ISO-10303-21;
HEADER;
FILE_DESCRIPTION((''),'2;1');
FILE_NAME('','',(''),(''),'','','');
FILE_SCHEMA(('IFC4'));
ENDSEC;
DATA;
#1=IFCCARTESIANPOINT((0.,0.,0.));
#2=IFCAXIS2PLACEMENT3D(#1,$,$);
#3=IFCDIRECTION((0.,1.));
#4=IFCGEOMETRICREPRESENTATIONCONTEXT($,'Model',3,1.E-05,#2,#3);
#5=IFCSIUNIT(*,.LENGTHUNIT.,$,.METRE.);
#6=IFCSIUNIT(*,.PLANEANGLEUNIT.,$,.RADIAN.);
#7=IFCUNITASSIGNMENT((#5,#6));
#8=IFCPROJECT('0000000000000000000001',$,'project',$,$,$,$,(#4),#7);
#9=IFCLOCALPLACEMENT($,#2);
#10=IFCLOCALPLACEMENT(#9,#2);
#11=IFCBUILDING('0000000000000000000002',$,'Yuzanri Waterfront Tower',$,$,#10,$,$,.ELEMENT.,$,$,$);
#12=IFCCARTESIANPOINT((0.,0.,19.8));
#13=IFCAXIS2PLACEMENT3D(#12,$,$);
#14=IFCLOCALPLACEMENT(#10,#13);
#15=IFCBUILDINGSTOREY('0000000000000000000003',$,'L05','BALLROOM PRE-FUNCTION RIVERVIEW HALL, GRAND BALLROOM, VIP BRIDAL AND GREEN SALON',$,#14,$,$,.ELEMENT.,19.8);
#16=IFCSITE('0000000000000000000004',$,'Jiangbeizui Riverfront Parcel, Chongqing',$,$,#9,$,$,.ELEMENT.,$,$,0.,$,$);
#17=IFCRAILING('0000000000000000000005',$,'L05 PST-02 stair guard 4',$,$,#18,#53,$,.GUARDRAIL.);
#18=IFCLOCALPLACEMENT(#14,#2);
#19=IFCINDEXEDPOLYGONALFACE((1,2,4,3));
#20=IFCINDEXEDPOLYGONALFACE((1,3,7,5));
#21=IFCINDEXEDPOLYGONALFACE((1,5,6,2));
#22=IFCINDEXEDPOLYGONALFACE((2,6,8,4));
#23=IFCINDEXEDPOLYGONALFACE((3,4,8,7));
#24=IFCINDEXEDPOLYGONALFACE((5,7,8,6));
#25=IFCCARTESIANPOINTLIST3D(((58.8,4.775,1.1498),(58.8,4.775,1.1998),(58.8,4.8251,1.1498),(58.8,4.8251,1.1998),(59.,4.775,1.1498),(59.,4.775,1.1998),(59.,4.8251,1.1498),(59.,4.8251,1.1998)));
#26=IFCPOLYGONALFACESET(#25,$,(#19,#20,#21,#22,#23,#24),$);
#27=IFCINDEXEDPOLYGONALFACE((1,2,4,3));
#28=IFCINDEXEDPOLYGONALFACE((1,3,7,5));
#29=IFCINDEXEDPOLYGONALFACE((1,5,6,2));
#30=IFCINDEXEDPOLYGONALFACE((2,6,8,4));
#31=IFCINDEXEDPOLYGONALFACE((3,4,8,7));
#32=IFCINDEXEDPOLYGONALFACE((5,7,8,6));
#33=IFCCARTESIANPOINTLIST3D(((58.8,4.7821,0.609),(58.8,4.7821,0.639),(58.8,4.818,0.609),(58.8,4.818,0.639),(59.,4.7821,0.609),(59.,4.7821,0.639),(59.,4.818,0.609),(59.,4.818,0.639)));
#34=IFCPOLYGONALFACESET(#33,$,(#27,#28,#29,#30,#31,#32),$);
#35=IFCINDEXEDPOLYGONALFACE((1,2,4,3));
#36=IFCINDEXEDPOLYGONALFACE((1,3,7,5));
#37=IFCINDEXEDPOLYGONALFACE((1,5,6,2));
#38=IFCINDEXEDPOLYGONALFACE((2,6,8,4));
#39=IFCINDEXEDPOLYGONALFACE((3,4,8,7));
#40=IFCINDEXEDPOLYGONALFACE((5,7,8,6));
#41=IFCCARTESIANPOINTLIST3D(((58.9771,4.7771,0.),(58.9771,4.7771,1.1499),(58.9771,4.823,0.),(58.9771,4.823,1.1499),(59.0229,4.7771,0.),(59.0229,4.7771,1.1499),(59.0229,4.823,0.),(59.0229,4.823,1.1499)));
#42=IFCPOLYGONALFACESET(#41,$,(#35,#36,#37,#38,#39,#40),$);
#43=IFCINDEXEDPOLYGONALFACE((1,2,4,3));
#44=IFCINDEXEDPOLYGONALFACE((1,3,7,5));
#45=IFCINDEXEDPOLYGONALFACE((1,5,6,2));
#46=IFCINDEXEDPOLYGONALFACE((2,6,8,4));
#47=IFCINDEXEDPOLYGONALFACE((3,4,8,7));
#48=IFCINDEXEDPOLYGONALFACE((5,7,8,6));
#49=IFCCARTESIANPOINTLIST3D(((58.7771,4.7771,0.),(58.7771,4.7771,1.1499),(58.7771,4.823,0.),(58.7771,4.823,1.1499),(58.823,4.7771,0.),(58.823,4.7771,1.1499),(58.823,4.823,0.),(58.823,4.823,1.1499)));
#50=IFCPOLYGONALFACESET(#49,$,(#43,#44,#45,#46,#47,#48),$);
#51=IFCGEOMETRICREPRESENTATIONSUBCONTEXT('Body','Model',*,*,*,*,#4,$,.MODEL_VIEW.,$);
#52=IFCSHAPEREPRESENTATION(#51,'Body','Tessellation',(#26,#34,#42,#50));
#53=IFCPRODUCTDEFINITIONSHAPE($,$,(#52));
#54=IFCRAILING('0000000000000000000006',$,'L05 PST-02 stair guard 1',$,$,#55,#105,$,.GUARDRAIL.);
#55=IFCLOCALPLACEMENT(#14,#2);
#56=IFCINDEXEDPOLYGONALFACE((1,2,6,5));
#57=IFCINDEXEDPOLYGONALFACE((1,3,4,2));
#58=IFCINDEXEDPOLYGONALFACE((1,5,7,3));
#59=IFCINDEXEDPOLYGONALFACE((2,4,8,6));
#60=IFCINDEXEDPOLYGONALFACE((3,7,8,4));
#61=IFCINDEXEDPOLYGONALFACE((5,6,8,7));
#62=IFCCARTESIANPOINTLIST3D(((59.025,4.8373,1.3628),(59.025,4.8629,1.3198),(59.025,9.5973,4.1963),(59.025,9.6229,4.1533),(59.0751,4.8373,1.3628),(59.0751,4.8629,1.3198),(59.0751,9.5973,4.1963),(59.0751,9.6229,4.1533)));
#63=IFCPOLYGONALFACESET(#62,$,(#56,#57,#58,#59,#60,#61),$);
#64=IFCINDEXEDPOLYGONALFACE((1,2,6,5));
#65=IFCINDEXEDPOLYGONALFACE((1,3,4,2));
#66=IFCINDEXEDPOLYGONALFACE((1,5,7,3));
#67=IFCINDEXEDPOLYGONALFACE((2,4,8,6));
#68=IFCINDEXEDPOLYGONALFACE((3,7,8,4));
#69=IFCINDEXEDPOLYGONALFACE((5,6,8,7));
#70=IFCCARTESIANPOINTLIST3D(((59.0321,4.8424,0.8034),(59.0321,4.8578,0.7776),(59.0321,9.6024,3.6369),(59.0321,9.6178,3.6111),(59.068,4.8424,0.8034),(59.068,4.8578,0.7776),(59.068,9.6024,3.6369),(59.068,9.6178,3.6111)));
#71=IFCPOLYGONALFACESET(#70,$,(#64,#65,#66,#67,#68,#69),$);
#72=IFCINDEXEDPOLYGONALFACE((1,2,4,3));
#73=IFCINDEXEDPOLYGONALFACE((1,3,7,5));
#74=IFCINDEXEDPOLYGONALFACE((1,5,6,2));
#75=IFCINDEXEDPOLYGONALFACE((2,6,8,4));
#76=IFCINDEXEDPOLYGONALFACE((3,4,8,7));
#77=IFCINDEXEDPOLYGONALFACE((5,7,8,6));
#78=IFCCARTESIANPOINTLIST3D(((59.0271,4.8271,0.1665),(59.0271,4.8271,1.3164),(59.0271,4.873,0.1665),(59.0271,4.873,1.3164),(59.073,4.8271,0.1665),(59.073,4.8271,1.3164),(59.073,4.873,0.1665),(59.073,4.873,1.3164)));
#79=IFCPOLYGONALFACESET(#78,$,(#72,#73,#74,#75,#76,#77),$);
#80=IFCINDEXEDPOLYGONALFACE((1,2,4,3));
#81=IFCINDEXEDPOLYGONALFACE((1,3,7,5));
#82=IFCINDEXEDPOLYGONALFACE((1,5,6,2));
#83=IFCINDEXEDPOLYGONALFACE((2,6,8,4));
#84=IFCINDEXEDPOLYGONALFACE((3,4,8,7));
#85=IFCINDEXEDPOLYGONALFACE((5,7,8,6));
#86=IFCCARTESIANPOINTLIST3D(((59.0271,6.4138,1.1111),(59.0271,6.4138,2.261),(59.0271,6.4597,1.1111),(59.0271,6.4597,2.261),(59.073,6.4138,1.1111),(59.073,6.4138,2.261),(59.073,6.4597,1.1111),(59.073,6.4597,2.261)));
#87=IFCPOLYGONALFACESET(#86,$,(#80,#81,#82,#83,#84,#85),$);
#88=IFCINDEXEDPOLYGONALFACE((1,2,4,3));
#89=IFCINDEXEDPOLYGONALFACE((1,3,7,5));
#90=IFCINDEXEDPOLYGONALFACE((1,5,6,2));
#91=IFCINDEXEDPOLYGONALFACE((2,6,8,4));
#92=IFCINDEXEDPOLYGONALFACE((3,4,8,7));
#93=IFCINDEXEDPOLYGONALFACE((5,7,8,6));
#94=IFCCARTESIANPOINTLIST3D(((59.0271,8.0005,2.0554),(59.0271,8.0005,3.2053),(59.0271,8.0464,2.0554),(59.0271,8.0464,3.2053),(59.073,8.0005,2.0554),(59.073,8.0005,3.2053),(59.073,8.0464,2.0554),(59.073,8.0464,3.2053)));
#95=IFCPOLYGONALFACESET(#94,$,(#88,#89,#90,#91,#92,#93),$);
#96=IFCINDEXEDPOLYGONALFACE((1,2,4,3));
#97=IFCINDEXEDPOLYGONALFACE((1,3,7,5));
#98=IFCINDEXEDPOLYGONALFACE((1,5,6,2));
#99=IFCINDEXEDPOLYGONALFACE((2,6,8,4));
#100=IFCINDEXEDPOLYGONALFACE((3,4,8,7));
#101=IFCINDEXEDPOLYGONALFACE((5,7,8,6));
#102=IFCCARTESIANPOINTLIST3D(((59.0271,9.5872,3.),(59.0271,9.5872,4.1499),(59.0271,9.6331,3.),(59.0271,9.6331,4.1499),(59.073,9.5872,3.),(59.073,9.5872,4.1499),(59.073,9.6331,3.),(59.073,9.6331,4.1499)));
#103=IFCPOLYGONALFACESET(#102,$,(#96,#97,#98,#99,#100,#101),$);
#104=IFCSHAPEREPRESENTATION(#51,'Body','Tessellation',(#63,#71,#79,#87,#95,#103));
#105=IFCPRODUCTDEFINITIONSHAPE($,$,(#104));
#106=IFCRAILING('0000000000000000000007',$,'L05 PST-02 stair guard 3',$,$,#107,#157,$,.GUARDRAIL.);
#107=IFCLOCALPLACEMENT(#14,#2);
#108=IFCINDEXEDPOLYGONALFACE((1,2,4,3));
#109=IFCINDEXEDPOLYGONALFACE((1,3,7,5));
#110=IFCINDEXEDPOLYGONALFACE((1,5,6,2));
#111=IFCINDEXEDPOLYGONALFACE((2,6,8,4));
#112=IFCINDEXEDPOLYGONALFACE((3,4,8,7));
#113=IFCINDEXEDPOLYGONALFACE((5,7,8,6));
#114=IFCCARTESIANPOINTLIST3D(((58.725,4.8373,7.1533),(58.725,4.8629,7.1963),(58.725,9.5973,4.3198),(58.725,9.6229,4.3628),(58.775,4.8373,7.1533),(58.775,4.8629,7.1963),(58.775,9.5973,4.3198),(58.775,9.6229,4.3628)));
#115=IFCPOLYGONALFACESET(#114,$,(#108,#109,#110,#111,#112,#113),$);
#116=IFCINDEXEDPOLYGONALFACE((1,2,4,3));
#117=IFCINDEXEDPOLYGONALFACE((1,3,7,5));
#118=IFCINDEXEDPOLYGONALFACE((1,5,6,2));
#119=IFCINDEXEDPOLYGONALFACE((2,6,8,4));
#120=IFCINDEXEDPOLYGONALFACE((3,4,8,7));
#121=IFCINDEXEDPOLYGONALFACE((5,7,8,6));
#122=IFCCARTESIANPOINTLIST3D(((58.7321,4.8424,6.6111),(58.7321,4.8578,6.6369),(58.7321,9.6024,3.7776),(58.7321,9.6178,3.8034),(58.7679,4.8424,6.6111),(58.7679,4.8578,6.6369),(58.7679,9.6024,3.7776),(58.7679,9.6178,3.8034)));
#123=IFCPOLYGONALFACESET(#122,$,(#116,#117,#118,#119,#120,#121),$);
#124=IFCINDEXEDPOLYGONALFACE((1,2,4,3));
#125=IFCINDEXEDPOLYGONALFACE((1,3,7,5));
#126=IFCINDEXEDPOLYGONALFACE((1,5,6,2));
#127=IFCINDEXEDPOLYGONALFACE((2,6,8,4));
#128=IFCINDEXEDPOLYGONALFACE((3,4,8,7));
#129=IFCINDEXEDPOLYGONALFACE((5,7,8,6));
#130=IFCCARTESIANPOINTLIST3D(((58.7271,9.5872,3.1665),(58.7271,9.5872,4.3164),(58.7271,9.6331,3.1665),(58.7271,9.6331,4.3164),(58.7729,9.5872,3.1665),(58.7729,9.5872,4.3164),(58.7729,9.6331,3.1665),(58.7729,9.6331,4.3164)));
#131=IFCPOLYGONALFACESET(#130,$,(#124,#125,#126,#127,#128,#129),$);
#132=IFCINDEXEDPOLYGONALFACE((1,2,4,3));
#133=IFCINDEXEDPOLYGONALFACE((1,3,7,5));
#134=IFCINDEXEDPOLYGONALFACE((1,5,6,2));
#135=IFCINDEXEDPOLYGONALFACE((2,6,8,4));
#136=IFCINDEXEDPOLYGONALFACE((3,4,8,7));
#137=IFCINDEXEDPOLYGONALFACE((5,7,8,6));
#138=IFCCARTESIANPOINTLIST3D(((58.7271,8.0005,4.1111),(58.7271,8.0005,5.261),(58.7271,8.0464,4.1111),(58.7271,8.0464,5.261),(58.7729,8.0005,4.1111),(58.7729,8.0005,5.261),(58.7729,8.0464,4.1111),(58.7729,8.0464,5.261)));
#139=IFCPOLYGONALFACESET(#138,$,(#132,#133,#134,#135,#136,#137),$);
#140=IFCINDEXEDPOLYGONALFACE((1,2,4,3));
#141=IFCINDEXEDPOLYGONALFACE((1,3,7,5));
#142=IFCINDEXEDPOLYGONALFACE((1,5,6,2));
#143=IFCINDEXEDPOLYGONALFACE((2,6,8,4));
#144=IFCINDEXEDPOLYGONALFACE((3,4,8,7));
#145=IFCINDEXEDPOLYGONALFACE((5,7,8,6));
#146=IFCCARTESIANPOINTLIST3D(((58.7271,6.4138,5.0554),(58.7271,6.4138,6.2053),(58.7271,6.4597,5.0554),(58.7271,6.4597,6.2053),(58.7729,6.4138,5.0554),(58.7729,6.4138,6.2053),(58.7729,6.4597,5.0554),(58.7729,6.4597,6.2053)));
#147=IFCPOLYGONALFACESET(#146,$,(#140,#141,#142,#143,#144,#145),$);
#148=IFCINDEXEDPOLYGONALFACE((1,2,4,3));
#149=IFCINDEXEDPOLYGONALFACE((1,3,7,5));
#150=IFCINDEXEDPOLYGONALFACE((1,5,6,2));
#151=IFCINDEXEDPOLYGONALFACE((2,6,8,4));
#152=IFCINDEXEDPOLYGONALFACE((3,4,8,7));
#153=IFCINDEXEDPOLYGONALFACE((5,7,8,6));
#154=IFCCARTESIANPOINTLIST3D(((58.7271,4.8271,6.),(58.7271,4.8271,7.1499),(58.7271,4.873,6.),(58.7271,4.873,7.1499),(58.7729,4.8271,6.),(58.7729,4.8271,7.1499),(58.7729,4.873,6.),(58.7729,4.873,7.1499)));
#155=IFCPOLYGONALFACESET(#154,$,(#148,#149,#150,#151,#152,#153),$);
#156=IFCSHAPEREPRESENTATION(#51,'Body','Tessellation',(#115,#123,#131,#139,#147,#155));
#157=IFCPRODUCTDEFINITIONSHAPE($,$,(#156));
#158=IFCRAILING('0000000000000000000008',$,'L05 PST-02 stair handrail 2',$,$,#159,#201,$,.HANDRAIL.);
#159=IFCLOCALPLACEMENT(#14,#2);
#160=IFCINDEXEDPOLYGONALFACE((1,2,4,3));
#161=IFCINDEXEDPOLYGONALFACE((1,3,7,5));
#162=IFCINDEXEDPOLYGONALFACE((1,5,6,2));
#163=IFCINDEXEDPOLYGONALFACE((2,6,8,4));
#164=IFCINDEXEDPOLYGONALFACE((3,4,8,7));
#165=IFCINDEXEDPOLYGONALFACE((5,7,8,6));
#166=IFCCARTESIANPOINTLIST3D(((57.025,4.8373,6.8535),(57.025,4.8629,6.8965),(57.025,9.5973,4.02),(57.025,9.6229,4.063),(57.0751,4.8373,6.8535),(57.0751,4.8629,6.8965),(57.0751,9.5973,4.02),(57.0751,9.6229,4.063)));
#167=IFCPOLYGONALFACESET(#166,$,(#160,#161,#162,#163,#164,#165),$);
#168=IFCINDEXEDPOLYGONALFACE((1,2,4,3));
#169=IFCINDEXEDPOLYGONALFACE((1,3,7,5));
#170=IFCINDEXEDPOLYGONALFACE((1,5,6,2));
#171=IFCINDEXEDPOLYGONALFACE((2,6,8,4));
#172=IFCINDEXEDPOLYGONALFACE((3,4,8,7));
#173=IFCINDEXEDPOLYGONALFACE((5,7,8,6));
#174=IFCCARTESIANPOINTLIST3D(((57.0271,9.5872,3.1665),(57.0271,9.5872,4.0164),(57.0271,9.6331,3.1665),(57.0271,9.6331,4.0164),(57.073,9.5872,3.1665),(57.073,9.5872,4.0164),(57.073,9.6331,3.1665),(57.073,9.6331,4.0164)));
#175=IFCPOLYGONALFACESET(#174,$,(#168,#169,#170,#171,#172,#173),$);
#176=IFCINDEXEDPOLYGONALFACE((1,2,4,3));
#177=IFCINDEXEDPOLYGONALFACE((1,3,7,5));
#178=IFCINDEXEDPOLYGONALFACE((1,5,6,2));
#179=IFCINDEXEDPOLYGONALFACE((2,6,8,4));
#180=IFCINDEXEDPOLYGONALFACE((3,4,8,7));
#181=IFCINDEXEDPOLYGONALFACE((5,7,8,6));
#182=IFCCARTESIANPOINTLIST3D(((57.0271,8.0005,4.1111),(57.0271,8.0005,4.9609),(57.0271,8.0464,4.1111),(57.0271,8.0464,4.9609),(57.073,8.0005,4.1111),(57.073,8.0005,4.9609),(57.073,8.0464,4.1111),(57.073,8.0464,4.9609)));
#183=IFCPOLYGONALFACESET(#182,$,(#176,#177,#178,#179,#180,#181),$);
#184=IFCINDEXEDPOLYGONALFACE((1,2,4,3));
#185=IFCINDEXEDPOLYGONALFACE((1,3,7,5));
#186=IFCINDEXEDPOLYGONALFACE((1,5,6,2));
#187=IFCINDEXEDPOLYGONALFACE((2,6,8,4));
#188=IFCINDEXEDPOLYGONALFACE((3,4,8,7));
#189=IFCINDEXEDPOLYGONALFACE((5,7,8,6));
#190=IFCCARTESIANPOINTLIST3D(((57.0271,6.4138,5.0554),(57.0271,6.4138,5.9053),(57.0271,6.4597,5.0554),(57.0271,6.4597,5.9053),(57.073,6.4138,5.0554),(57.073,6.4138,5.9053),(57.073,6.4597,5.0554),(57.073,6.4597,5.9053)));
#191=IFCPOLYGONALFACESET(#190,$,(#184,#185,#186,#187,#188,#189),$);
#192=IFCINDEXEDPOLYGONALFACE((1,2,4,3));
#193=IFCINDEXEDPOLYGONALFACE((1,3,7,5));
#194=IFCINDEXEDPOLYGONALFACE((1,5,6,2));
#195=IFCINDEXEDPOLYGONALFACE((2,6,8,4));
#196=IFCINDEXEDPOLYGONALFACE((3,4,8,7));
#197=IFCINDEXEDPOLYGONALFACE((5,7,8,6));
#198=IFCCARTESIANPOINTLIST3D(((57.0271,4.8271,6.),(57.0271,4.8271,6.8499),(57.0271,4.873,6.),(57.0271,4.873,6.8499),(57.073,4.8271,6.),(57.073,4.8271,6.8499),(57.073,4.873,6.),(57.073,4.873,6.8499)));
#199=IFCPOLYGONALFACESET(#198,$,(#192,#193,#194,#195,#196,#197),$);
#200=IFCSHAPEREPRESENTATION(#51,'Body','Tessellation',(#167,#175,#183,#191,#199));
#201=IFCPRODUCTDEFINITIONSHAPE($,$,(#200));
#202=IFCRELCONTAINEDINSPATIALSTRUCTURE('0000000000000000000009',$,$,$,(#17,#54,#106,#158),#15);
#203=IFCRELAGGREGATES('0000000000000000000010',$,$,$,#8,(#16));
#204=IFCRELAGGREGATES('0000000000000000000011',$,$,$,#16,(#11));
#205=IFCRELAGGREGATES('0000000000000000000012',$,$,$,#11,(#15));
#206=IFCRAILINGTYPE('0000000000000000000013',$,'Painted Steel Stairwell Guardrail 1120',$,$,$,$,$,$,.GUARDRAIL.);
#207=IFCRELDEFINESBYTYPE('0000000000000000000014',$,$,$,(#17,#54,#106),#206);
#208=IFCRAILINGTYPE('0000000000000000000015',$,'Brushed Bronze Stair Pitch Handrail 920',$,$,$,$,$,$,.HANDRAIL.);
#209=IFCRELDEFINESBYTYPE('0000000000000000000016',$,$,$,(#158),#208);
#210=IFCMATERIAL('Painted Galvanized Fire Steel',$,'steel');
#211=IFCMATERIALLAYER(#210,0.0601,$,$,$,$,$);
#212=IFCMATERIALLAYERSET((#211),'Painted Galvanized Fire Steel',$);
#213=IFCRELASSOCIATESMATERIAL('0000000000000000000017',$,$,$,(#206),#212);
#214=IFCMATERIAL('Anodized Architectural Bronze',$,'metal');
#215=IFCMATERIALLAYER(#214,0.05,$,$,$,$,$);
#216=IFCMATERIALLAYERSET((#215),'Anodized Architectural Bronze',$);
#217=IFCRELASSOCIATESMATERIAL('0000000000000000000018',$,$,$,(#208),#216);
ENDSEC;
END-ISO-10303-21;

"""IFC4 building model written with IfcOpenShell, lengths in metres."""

from ifc_helpers import new_model, si_unit, direction, frame, origin, origin_2d, place, context, subcontext, project, spatial, rectangle, extrude, source, transform, mapped, material, layer, layer_set, type_object, element, save


model = new_model("IFC4")

# Units and contexts
model_context = context("Model", 3, precision=1e-05, world=origin(), true_north=direction((0.0, 1.0)))
body_context = subcontext(model_context, "Body", "Model", "MODEL_VIEW")
ifc_project = project(units=[si_unit("LENGTHUNIT", "METRE"), si_unit("PLANEANGLEUNIT", "RADIAN")], contexts=[model_context])

# Site, building, storey
site_placement = place(None, origin())
site = spatial("IfcSite", under=ifc_project, at=site_placement, Name="Jiangbeizui Riverfront Parcel, Chongqing", CompositionType="ELEMENT", RefElevation=0.0)
building_placement = place(site_placement, origin())
building = spatial("IfcBuilding", under=site, at=building_placement, Name="Yuzanri Waterfront Tower", CompositionType="ELEMENT")
storey_placement = place(building_placement, frame((0.0, 0.0, 19.8)))
storey = spatial("IfcBuildingStorey", under=building, at=storey_placement, Name="L05", Description="BALLROOM PRE-FUNCTION RIVERVIEW HALL, GRAND BALLROOM, VIP BRIDAL AND GREEN SALON", CompositionType="ELEMENT", Elevation=19.8)

# Railings
ifc_material_1 = material(Name="Painted Galvanized Fire Steel", Category="steel")
ifc_layer_1 = layer(ifc_material_1, 0.0601)
ifc_layer_set_1 = layer_set([ifc_layer_1], Name="Painted Galvanized Fire Steel")
railing_type_1 = type_object("IfcRailingType", Name="Painted Steel Stairwell Guardrail 1120", PredefinedType="GUARDRAIL", material=ifc_layer_set_1)
shared_shape_1 = source(origin(), body_context, "Body", "SweptSolid", [
    extrude(rectangle(XDim=0.05, YDim=0.05, at=origin_2d()), frame((0.0, 0.0, 1.1748), z_axis=(-1.0, 0.0, 0.0), x_axis=(0.0, -1.0, 0.0)), (0.0, 0.0, 1.0), 0.2),
    extrude(rectangle(XDim=0.0359, YDim=0.03, at=origin_2d()), frame((0.0, 0.0, 0.624), z_axis=(-1.0, 0.0, 0.0), x_axis=(0.0, -1.0, 0.0)), (0.0, 0.0, 1.0), 0.2),
    extrude(rectangle(XDim=0.0459, YDim=0.0459, at=origin_2d()), origin(), (0.0, 0.0, 1.0), 1.1499),
    extrude(rectangle(XDim=0.0459, YDim=0.0459, at=origin_2d()), frame((-0.2, 0.0, 0.0)), (0.0, 0.0, 1.0), 1.1499),
])
for number, where, name in (
    (1, (59.0, 4.8, 0.0), "L05 PST-02 stair guard 4"),
):
    element("IfcRailing", number, at=place(storey_placement, frame(where)), inside=storey, type_object=railing_type_1, Name=name, PredefinedType="GUARDRAIL", context=body_context, shape_type="MappedRepresentation", body=[
        mapped(shared_shape_1, transform((0.0, 0.0, 0.0), scale=1.0)),
    ])
shared_shape_2 = source(origin(), body_context, "Body", "SweptSolid", [
    extrude(rectangle(XDim=0.05, YDim=0.05, at=origin_2d()), frame((0.0, 0.0, 1.1748), z_axis=(0.0, 0.85928, 0.511505), x_axis=(-1.0, 0.0, 0.0)), (0.0, 0.0, 1.0), 5.5396),
    extrude(rectangle(XDim=0.0359, YDim=0.03, at=origin_2d()), frame((0.0, 0.0, 0.624), z_axis=(0.0, 0.85928, 0.511505), x_axis=(-1.0, 0.0, 0.0)), (0.0, 0.0, 1.0), 5.5396),
    extrude(rectangle(XDim=0.0459, YDim=0.0459, at=origin_2d()), origin(), (0.0, 0.0, 1.0), 1.1499),
    extrude(rectangle(XDim=0.0459, YDim=0.0459, at=origin_2d()), frame((0.0, 1.5867, 0.9446)), (0.0, 0.0, 1.0), 1.1499),
    extrude(rectangle(XDim=0.0459, YDim=0.0459, at=origin_2d()), frame((0.0, 3.1733, 1.8889)), (0.0, 0.0, 1.0), 1.1499),
    extrude(rectangle(XDim=0.0459, YDim=0.0459, at=origin_2d()), frame((0.0, 4.76, 2.8335)), (0.0, 0.0, 1.0), 1.1499),
])
railing_1_placement = place(storey_placement, frame((59.05, 4.8501, 0.1665)))
element("IfcRailing", 2, at=railing_1_placement, inside=storey, type_object=railing_type_1, Name="L05 PST-02 stair guard 1", PredefinedType="GUARDRAIL", context=body_context, shape_type="MappedRepresentation", body=[
    mapped(shared_shape_2, transform((0.0, 0.0, 0.0), scale=1.0)),
])
shared_shape_3 = source(origin(), body_context, "Body", "SweptSolid", [
    extrude(rectangle(XDim=0.05, YDim=0.05, at=origin_2d()), frame((0.0, 0.0, 1.1748), z_axis=(0.0, -0.85928, 0.511505), x_axis=(1.0, 0.0, 0.0)), (0.0, 0.0, 1.0), 5.5396),
    extrude(rectangle(XDim=0.0359, YDim=0.03, at=origin_2d()), frame((0.0, 0.0, 0.624), z_axis=(0.0, -0.85928, 0.511505), x_axis=(1.0, 0.0, 0.0)), (0.0, 0.0, 1.0), 5.5396),
    extrude(rectangle(XDim=0.0459, YDim=0.0459, at=origin_2d()), origin(), (0.0, 0.0, 1.0), 1.1499),
    extrude(rectangle(XDim=0.0459, YDim=0.0459, at=origin_2d()), frame((0.0, -1.5867, 0.9446)), (0.0, 0.0, 1.0), 1.1499),
    extrude(rectangle(XDim=0.0459, YDim=0.0459, at=origin_2d()), frame((0.0, -3.1733, 1.8889)), (0.0, 0.0, 1.0), 1.1499),
    extrude(rectangle(XDim=0.0459, YDim=0.0459, at=origin_2d()), frame((0.0, -4.76, 2.8335)), (0.0, 0.0, 1.0), 1.1499),
])
railing_2_placement = place(storey_placement, frame((58.75, 9.6101, 3.1665)))
element("IfcRailing", 3, at=railing_2_placement, inside=storey, type_object=railing_type_1, Name="L05 PST-02 stair guard 3", PredefinedType="GUARDRAIL", context=body_context, shape_type="MappedRepresentation", body=[
    mapped(shared_shape_3, transform((0.0, 0.0, 0.0), scale=1.0)),
])
ifc_material_2 = material(Name="Anodized Architectural Bronze", Category="metal")
ifc_layer_2 = layer(ifc_material_2, 0.05)
ifc_layer_set_2 = layer_set([ifc_layer_2], Name="Anodized Architectural Bronze")
railing_type_2 = type_object("IfcRailingType", Name="Brushed Bronze Stair Pitch Handrail 920", PredefinedType="HANDRAIL", material=ifc_layer_set_2)
shared_shape_4 = source(origin(), body_context, "Body", "SweptSolid", [
    extrude(rectangle(XDim=0.05, YDim=0.05, at=origin_2d()), frame((0.0, 0.0, 0.875), z_axis=(0.0, -0.85928, 0.511505), x_axis=(1.0, 0.0, 0.0)), (0.0, 0.0, 1.0), 5.5396),
    extrude(rectangle(XDim=0.0459, YDim=0.0459, at=origin_2d()), origin(), (0.0, 0.0, 1.0), 0.8499),
    extrude(rectangle(XDim=0.0459, YDim=0.0459, at=origin_2d()), frame((0.0, -1.5867, 0.9446)), (0.0, 0.0, 1.0), 0.8499),
    extrude(rectangle(XDim=0.0459, YDim=0.0459, at=origin_2d()), frame((0.0, -3.1733, 1.8889)), (0.0, 0.0, 1.0), 0.8499),
    extrude(rectangle(XDim=0.0459, YDim=0.0459, at=origin_2d()), frame((0.0, -4.76, 2.8335)), (0.0, 0.0, 1.0), 0.8499),
])
railing_3_placement = place(storey_placement, frame((57.05, 9.6101, 3.1665)))
element("IfcRailing", 4, at=railing_3_placement, inside=storey, type_object=railing_type_2, Name="L05 PST-02 stair handrail 2", PredefinedType="HANDRAIL", context=body_context, shape_type="MappedRepresentation", body=[
    mapped(shared_shape_4, transform((0.0, 0.0, 0.0), scale=1.0)),
])

save(model, "model.ifc")
